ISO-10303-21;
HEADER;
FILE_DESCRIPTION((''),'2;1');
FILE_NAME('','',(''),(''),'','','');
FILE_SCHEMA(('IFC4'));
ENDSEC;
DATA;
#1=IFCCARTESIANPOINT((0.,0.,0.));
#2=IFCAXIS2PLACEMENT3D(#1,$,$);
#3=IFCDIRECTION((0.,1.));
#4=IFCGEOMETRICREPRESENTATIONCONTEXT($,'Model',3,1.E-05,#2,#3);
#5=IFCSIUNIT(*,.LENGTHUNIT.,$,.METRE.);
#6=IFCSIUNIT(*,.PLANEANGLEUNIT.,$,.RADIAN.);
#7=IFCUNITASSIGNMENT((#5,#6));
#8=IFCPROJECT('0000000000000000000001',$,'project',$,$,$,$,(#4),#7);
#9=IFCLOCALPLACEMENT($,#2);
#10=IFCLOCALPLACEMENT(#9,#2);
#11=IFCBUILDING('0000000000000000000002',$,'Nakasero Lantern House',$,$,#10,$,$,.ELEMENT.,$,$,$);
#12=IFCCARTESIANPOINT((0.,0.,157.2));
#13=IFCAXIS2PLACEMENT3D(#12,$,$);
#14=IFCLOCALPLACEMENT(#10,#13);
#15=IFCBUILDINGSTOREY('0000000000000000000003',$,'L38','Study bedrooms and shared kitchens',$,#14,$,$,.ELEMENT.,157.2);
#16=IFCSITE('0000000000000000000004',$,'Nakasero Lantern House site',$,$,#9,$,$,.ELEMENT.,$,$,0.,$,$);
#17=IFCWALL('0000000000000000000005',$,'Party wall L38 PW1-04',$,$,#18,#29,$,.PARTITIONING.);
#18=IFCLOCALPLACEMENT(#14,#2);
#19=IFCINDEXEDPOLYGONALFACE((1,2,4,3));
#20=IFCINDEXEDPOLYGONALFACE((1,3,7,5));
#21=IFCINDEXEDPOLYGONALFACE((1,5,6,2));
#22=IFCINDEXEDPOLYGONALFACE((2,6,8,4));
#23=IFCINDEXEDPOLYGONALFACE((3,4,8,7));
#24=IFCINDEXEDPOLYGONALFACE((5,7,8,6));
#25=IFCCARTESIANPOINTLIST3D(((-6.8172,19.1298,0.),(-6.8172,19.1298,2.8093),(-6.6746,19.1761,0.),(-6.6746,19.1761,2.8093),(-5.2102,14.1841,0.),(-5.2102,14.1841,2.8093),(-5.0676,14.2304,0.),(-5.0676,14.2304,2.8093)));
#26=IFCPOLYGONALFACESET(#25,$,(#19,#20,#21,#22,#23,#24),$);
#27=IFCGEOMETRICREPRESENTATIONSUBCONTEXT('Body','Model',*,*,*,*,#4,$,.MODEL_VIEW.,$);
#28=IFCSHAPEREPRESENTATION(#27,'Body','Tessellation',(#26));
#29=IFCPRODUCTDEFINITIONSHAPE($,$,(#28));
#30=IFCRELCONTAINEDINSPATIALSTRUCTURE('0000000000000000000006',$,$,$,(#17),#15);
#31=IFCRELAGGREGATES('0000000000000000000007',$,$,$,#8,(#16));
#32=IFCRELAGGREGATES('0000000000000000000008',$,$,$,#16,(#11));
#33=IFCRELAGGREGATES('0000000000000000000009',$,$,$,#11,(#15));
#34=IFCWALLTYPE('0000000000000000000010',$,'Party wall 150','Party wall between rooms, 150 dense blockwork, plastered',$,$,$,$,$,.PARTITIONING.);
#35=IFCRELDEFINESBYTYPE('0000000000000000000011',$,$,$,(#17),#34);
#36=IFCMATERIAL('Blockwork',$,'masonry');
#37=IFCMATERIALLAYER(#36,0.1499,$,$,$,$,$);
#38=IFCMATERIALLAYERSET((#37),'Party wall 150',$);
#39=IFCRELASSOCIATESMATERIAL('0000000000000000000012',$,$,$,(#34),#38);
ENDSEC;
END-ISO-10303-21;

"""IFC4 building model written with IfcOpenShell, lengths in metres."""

from ifc_helpers import new_model, si_unit, direction, frame, frame_2d, origin, place, context, subcontext, project, spatial, rectangle, extrude, material, layer, layer_set, type_object, element, save


model = new_model("IFC4")

# Units and contexts
model_context = context("Model", 3, precision=1e-05, world=origin(), true_north=direction((0.0, 1.0)))
body_context = subcontext(model_context, "Body", "Model", "MODEL_VIEW")
ifc_project = project(units=[si_unit("LENGTHUNIT", "METRE"), si_unit("PLANEANGLEUNIT", "RADIAN")], contexts=[model_context])

# Site, building, storey
site_placement = place(None, origin())
site = spatial("IfcSite", under=ifc_project, at=site_placement, Name="Nakasero Lantern House site", CompositionType="ELEMENT", RefElevation=0.0)
building_placement = place(site_placement, origin())
building = spatial("IfcBuilding", under=site, at=building_placement, Name="Nakasero Lantern House", CompositionType="ELEMENT")
storey_placement = place(building_placement, frame((0.0, 0.0, 157.2)))
storey = spatial("IfcBuildingStorey", under=building, at=storey_placement, Name="L38", Description="Study bedrooms and shared kitchens", CompositionType="ELEMENT", Elevation=157.2)

# Wall
ifc_material_1 = material(Name="Blockwork", Category="masonry")
ifc_layer_1 = layer(ifc_material_1, 0.1499)
ifc_layer_set_1 = layer_set([ifc_layer_1], Name="Party wall 150")
wall_type_1 = type_object("IfcWallType", Name="Party wall 150", Description="Party wall between rooms, 150 dense blockwork, plastered", PredefinedType="PARTITIONING", material=ifc_layer_set_1)
wall_1_placement = place(storey_placement, frame((-5.1389, 14.2073, 0.0), z_axis=(0.0, 0.0, 1.0), x_axis=(-0.309021, 0.951055, 0.0)))
element("IfcWall", 1, at=wall_1_placement, inside=storey, type_object=wall_type_1, Name="Party wall L38 PW1-04", PredefinedType="PARTITIONING", context=body_context, shape_type="SweptSolid", body=[
    extrude(rectangle(XDim=5.2002, YDim=0.1499, at=frame_2d((2.6001, 0.0))), origin(), (0.0, 0.0, 1.0), 2.8093),
])

save(model, "model.ifc")
